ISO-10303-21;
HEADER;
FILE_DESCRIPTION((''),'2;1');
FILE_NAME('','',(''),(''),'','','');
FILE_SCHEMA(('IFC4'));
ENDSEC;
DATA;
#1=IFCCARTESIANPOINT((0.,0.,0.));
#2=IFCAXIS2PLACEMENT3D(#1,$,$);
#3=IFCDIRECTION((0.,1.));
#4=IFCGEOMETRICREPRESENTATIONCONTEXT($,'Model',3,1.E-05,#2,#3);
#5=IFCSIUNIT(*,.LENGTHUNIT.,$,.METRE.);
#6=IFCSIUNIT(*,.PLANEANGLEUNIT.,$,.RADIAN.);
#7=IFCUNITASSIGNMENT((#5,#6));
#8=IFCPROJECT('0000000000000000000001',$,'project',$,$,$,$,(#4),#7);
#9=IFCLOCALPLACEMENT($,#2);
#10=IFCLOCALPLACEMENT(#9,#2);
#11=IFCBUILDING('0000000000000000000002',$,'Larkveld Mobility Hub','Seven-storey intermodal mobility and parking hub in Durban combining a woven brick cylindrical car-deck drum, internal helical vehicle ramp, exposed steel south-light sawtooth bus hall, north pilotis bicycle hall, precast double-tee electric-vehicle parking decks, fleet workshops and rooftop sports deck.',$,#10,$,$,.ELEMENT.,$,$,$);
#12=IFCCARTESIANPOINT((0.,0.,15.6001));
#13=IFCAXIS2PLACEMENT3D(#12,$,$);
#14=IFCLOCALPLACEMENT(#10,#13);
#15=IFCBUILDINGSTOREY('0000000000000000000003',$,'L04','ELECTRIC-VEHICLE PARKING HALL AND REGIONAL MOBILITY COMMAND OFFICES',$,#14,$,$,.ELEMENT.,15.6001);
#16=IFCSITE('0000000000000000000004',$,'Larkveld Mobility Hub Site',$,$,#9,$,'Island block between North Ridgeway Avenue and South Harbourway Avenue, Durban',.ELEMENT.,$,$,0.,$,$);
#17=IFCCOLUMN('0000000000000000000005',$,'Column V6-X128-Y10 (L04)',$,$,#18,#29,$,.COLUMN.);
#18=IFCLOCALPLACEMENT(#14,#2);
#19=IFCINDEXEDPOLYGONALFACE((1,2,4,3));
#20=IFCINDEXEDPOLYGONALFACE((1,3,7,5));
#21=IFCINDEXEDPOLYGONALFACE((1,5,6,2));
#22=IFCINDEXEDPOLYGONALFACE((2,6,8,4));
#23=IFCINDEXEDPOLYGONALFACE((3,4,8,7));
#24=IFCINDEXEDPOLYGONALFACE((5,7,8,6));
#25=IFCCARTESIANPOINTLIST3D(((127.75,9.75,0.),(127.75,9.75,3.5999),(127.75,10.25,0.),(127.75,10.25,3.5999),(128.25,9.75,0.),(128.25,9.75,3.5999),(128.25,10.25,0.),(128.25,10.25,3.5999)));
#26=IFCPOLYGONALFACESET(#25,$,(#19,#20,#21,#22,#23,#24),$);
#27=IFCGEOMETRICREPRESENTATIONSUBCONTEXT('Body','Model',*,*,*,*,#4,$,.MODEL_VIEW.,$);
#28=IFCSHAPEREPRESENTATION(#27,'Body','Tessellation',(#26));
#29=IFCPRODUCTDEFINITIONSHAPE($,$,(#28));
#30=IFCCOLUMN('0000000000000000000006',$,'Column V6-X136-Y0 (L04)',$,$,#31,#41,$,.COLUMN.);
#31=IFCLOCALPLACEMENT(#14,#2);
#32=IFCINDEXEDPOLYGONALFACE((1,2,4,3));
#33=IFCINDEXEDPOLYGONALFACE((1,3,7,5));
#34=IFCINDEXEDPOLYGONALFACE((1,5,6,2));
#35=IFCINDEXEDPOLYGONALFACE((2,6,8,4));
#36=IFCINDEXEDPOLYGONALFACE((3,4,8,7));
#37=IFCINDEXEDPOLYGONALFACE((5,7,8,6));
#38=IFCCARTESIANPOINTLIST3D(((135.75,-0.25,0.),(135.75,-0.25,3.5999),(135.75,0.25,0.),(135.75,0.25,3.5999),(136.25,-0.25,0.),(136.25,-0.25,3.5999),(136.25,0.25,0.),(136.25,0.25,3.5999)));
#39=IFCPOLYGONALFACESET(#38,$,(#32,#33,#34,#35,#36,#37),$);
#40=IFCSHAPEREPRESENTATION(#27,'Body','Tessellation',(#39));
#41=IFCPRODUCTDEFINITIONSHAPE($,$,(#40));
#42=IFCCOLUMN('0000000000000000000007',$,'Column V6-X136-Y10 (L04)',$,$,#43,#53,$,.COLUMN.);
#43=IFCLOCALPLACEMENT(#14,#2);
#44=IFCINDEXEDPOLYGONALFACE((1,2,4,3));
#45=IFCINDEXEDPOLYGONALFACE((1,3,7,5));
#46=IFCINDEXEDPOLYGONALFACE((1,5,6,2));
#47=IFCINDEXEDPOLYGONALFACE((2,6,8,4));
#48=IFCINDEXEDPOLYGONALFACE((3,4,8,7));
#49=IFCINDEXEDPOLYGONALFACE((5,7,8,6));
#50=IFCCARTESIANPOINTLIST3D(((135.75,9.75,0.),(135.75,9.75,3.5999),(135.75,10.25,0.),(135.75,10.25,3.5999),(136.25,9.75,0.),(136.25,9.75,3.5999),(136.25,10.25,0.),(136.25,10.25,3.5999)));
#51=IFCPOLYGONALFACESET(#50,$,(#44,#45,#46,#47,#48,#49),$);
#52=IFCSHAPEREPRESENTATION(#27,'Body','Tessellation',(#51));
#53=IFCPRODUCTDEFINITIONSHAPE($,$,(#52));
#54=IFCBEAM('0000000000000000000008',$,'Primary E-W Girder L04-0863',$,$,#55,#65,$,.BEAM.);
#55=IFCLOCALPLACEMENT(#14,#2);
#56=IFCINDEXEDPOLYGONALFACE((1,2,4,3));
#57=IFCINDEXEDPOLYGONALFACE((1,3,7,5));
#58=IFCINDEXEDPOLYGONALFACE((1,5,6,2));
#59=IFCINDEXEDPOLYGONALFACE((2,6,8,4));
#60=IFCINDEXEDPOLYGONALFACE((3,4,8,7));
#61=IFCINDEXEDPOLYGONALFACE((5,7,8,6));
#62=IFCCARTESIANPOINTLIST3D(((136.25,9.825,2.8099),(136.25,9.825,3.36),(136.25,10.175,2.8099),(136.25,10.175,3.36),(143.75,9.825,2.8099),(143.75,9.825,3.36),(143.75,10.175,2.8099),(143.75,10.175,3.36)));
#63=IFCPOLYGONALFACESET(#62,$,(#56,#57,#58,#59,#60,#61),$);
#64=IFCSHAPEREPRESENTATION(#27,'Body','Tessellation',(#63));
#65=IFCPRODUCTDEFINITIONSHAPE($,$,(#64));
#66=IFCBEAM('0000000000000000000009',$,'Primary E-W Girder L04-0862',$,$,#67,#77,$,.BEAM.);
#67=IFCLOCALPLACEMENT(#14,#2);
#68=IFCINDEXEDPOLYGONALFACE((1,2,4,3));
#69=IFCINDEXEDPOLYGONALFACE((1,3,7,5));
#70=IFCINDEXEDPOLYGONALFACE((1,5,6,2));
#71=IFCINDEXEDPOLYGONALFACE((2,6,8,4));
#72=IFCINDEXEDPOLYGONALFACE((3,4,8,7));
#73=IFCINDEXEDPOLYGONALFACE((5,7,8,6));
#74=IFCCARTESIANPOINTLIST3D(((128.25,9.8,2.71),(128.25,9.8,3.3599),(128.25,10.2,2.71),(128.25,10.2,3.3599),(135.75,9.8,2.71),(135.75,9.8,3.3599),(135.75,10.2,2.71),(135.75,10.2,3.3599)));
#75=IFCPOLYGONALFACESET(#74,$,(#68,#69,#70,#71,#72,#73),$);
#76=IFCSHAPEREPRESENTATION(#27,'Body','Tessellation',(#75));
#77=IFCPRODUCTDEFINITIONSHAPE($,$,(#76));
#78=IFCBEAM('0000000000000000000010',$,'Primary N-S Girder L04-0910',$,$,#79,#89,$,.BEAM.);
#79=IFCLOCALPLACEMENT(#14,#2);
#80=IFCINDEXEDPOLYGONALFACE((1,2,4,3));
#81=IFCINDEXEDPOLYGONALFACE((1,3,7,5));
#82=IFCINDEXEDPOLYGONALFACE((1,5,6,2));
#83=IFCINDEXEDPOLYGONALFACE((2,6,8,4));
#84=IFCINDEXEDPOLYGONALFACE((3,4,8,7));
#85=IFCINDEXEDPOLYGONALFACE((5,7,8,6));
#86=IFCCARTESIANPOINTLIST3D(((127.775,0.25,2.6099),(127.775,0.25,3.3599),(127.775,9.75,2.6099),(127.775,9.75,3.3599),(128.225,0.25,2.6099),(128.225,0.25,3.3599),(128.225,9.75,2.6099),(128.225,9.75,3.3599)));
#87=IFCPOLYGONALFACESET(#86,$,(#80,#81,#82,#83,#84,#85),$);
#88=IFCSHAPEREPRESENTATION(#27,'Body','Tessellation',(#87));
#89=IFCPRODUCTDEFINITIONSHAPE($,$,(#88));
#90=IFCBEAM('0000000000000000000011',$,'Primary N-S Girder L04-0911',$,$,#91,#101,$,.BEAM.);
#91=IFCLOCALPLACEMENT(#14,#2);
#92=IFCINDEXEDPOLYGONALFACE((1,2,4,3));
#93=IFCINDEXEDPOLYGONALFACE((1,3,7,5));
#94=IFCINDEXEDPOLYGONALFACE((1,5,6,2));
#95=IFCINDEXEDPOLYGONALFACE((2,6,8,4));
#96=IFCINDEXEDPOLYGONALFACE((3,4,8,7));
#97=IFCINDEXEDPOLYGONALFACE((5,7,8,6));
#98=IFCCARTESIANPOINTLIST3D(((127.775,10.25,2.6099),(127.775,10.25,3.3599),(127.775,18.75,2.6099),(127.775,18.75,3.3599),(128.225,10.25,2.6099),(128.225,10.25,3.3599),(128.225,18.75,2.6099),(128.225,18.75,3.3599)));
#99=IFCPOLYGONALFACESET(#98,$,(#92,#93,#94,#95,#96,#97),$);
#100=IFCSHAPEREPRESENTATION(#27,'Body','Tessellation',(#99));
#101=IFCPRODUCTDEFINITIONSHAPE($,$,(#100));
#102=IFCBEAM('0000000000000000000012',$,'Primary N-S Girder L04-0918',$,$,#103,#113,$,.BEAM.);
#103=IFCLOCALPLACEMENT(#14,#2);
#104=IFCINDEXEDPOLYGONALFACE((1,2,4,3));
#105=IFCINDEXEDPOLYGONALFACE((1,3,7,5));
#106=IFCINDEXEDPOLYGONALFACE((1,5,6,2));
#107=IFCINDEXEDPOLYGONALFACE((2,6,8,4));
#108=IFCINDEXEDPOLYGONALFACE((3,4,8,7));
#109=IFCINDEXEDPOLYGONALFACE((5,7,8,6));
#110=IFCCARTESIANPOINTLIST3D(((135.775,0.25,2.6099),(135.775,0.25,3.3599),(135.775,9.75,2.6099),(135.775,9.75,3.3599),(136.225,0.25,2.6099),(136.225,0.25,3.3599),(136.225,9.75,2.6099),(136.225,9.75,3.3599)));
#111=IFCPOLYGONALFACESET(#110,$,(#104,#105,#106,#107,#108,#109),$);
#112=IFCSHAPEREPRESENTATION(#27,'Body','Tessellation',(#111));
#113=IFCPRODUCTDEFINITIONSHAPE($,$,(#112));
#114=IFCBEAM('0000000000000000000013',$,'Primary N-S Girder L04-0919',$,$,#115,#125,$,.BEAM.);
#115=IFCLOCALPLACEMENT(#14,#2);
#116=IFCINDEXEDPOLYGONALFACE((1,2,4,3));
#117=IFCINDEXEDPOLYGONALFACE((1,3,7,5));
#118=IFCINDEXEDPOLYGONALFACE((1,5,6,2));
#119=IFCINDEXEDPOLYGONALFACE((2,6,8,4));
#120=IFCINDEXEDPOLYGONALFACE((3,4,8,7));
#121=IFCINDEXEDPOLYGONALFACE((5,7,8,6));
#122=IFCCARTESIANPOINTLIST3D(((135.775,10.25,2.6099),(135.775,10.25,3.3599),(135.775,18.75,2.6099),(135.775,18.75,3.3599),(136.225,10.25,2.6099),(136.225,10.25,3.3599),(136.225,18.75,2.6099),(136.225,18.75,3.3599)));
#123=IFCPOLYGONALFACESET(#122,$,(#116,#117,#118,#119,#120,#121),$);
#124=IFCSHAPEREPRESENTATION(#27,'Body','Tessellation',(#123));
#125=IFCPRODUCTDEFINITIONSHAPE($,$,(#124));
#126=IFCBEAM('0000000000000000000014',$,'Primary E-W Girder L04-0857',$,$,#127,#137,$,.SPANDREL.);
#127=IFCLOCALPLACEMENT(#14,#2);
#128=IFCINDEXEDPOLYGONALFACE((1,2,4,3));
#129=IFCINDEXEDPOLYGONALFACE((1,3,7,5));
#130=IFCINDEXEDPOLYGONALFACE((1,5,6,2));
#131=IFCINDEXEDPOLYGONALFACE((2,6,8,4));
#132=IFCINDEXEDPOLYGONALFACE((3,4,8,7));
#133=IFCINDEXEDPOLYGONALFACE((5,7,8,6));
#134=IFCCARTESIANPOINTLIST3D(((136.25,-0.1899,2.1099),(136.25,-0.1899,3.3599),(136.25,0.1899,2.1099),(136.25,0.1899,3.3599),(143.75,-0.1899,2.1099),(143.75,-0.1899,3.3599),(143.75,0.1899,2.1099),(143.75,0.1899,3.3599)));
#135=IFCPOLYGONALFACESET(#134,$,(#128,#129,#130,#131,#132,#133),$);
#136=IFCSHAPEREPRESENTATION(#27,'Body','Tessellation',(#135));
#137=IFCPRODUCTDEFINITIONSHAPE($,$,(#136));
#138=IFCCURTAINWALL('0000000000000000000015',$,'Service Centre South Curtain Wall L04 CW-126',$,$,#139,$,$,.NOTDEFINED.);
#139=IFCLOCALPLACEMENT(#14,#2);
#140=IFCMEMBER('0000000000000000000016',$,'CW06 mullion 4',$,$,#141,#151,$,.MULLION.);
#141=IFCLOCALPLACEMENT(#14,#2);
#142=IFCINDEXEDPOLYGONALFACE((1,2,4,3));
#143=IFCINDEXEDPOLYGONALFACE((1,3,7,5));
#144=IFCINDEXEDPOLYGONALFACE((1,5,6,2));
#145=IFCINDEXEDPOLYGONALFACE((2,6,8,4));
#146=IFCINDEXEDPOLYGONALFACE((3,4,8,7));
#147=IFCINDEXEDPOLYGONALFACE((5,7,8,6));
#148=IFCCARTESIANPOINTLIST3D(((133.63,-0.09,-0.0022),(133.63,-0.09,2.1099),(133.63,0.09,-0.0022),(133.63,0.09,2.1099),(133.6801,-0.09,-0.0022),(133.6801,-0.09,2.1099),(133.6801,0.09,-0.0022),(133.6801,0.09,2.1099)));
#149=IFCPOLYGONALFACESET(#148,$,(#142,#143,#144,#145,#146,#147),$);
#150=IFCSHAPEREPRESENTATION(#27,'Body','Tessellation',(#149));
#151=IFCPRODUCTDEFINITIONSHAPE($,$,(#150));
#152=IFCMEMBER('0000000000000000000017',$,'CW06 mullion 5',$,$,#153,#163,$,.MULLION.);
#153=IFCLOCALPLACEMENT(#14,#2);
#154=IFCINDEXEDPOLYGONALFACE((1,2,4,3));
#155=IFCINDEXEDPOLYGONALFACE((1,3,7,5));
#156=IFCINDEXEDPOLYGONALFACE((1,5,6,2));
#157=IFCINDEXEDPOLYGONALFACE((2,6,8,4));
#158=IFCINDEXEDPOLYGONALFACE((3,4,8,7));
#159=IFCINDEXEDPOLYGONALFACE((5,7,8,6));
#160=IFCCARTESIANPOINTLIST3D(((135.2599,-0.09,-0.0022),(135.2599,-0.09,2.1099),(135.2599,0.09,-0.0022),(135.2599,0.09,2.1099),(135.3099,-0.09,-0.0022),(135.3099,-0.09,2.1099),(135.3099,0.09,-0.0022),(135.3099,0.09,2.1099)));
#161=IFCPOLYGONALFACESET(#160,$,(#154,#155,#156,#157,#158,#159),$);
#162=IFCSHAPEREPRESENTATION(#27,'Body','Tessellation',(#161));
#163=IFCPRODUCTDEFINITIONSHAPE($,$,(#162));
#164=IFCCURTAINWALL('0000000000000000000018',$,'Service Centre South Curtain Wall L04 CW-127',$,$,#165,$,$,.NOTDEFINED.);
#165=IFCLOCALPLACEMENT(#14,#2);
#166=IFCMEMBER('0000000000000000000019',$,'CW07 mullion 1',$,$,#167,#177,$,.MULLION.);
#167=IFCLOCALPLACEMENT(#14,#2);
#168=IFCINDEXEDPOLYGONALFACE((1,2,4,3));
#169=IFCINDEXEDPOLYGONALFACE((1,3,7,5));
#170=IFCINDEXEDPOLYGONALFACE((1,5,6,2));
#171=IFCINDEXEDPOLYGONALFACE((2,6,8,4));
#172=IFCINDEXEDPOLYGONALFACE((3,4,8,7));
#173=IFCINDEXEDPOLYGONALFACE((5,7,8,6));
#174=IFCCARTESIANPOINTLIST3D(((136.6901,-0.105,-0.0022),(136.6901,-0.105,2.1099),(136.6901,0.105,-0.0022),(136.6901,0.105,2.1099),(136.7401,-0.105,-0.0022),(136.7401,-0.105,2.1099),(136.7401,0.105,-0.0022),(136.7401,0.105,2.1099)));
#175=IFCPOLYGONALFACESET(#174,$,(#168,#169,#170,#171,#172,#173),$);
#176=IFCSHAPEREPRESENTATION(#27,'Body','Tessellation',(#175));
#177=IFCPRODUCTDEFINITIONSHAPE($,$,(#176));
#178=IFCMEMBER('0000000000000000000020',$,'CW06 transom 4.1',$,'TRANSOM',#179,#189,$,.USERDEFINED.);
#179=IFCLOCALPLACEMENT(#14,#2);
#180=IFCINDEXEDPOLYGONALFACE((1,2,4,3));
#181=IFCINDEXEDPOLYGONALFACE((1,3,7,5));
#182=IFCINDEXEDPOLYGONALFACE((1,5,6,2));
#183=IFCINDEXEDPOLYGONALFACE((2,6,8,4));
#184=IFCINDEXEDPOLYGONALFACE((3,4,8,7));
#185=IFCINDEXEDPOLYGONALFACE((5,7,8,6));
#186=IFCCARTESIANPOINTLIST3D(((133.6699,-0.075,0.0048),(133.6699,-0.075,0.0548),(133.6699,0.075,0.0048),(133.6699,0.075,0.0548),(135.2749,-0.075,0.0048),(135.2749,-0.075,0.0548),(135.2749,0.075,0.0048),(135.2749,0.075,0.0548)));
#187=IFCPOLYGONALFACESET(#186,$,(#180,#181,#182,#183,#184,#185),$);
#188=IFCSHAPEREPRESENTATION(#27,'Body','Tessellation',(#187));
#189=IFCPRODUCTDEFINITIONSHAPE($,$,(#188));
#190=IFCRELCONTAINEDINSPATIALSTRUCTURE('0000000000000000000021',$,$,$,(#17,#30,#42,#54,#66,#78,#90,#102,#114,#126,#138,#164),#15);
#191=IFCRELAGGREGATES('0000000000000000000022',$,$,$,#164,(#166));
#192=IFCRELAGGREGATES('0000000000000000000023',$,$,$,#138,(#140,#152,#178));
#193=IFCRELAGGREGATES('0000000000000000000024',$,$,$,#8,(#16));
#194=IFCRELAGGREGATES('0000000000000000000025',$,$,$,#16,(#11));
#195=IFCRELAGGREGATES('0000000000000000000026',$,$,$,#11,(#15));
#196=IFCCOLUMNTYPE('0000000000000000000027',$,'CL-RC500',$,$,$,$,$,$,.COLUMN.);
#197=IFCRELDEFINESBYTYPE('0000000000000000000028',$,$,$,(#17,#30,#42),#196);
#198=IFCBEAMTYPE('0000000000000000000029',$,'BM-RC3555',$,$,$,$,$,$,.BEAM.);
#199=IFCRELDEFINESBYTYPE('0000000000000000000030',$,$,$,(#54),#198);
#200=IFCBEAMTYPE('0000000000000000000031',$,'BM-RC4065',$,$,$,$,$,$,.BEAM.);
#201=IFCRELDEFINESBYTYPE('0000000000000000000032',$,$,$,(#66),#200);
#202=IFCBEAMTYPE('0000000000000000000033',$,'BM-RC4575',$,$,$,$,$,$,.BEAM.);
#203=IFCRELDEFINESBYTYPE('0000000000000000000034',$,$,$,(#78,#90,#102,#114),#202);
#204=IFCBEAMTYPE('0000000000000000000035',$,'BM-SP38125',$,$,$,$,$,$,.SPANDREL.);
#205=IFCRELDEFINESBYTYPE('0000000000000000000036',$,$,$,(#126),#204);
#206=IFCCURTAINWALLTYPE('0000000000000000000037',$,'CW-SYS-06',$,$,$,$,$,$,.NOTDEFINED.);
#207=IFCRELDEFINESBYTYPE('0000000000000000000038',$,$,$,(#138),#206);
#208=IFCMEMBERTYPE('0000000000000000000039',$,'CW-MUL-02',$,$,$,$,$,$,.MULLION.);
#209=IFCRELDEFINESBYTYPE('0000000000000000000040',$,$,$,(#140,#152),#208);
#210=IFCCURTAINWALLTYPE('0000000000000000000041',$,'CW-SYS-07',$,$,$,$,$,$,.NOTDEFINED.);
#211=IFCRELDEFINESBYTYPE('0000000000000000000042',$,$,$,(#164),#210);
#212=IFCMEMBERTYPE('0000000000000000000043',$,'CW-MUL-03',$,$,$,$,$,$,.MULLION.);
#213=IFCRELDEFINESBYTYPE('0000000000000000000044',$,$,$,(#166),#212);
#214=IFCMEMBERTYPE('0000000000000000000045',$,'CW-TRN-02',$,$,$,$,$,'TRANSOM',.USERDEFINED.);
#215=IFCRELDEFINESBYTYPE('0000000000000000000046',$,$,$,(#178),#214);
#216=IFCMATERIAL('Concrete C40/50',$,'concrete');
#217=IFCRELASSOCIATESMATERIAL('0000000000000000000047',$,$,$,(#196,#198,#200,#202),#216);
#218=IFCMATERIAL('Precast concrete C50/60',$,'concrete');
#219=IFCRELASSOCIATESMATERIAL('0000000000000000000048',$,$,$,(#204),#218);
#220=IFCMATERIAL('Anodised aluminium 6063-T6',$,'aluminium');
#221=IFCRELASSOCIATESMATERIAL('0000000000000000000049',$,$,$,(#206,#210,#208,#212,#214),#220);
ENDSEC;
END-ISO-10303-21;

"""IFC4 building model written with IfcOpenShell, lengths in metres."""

from ifc_helpers import new_model, si_unit, direction, frame, origin, origin_2d, place, context, subcontext, project, spatial, rectangle, extrude, material, material_profile, profile_set, type_object, element, aggregate, save


model = new_model("IFC4")

# Units and contexts
model_context = context("Model", 3, precision=1e-05, world=origin(), true_north=direction((0.0, 1.0)))
body_context = subcontext(model_context, "Body", "Model", "MODEL_VIEW")
ifc_project = project(units=[si_unit("LENGTHUNIT", "METRE"), si_unit("PLANEANGLEUNIT", "RADIAN")], contexts=[model_context])

# Site, building, storey
site_placement = place(None, origin())
site = spatial("IfcSite", under=ifc_project, at=site_placement, Name="Larkveld Mobility Hub Site", LongName="Island block between North Ridgeway Avenue and South Harbourway Avenue, Durban", CompositionType="ELEMENT", RefElevation=0.0)
building_placement = place(site_placement, origin())
building = spatial("IfcBuilding", under=site, at=building_placement, Name="Larkveld Mobility Hub", Description="Seven-storey intermodal mobility and parking hub in Durban combining a woven brick cylindrical car-deck drum, internal helical vehicle ramp, exposed steel south-light sawtooth bus hall, north pilotis bicycle hall, precast double-tee electric-vehicle parking decks, fleet workshops and rooftop sports deck.", CompositionType="ELEMENT")
storey_placement = place(building_placement, frame((0.0, 0.0, 15.6001)))
storey = spatial("IfcBuildingStorey", under=building, at=storey_placement, Name="L04", Description="ELECTRIC-VEHICLE PARKING HALL AND REGIONAL MOBILITY COMMAND OFFICES", CompositionType="ELEMENT", Elevation=15.6001)

# Columns
ifc_material_1 = material(Name="Concrete C40/50", Category="concrete")
ifc_material_profile_1 = material_profile(ifc_material_1, rectangle(XDim=0.5, YDim=0.5, at=origin_2d()), Name="RC COL 500x500")
ifc_profile_set_1 = profile_set([ifc_material_profile_1], Name="Concrete C40/50")
column_type = type_object("IfcColumnType", Name="CL-RC500", PredefinedType="COLUMN", material=ifc_profile_set_1)
for number, where, z_axis, x_axis, name in (
    (1, (128.0, 10.0, 0.0), (0.0, 0.0, 1.0), (1.0, 0.0, 0.0), "Column V6-X128-Y10 (L04)"),
    (2, (136.0, 0.0, 0.0), (0.0, 0.0, 1.0), (1.0, 0.0, 0.0), "Column V6-X136-Y0 (L04)"),
    (3, (136.0, 10.0, 0.0), (0.0, 0.0, 1.0), (1.0, 0.0, 0.0), "Column V6-X136-Y10 (L04)"),
):
    element("IfcColumn", number, at=place(storey_placement, frame(where, z_axis=z_axis, x_axis=x_axis)), inside=storey, type_object=column_type, Name=name, PredefinedType="COLUMN", context=body_context, shape_type="SweptSolid", body=[
        extrude(rectangle(XDim=0.5, YDim=0.5, at=origin_2d()), origin(), (0.0, 0.0, 1.0), 3.5999),
    ])

# Beams
ifc_material_profile_2 = material_profile(ifc_material_1, rectangle(XDim=0.3501, YDim=0.55, at=origin_2d()), Name="RC BM 350x550")
ifc_profile_set_2 = profile_set([ifc_material_profile_2], Name="Concrete C40/50")
beam_type_1 = type_object("IfcBeamType", Name="BM-RC3555", PredefinedType="BEAM", material=ifc_profile_set_2)
beam_1_placement = place(storey_placement, frame((136.25, 10.0, 3.085), z_axis=(1.0, 0.0, 0.0), x_axis=(0.0, 1.0, 0.0)))
element("IfcBeam", 4, at=beam_1_placement, inside=storey, type_object=beam_type_1, Name="Primary E-W Girder L04-0863", PredefinedType="BEAM", context=body_context, shape_type="SweptSolid", body=[
    extrude(rectangle(XDim=0.3501, YDim=0.55, at=origin_2d()), origin(), (0.0, 0.0, 1.0), 7.5),
])
ifc_material_profile_3 = material_profile(ifc_material_1, rectangle(XDim=0.3999, YDim=0.6499, at=origin_2d()), Name="RC BM 400x650")
ifc_profile_set_3 = profile_set([ifc_material_profile_3], Name="Concrete C40/50")
beam_type_2 = type_object("IfcBeamType", Name="BM-RC4065", PredefinedType="BEAM", material=ifc_profile_set_3)
beam_2_placement = place(storey_placement, frame((128.25, 10.0, 3.0349), z_axis=(1.0, 0.0, 0.0), x_axis=(0.0, 1.0, 0.0)))
element("IfcBeam", 5, at=beam_2_placement, inside=storey, type_object=beam_type_2, Name="Primary E-W Girder L04-0862", PredefinedType="BEAM", context=body_context, shape_type="SweptSolid", body=[
    extrude(rectangle(XDim=0.3999, YDim=0.6499, at=origin_2d()), origin(), (0.0, 0.0, 1.0), 7.5),
])
ifc_material_profile_4 = material_profile(ifc_material_1, rectangle(XDim=0.45, YDim=0.75, at=origin_2d()), Name="RC BM 450x750")
ifc_profile_set_4 = profile_set([ifc_material_profile_4], Name="Concrete C40/50")
beam_type_3 = type_object("IfcBeamType", Name="BM-RC4575", PredefinedType="BEAM", material=ifc_profile_set_4)
beam_3_placement = place(storey_placement, frame((128.0, 0.25, 2.9849), z_axis=(0.0, 1.0, 0.0), x_axis=(-1.0, 0.0, 0.0)))
element("IfcBeam", 6, at=beam_3_placement, inside=storey, type_object=beam_type_3, Name="Primary N-S Girder L04-0910", PredefinedType="BEAM", context=body_context, shape_type="SweptSolid", body=[
    extrude(rectangle(XDim=0.45, YDim=0.75, at=origin_2d()), origin(), (0.0, 0.0, 1.0), 9.5),
])
beam_4_placement = place(storey_placement, frame((128.0, 10.25, 2.9849), z_axis=(0.0, 1.0, 0.0), x_axis=(-1.0, 0.0, 0.0)))
element("IfcBeam", 7, at=beam_4_placement, inside=storey, type_object=beam_type_3, Name="Primary N-S Girder L04-0911", PredefinedType="BEAM", context=body_context, shape_type="SweptSolid", body=[
    extrude(rectangle(XDim=0.45, YDim=0.75, at=origin_2d()), origin(), (0.0, 0.0, 1.0), 8.5),
])
beam_5_placement = place(storey_placement, frame((136.0, 0.25, 2.9849), z_axis=(0.0, 1.0, 0.0), x_axis=(-1.0, 0.0, 0.0)))
element("IfcBeam", 8, at=beam_5_placement, inside=storey, type_object=beam_type_3, Name="Primary N-S Girder L04-0918", PredefinedType="BEAM", context=body_context, shape_type="SweptSolid", body=[
    extrude(rectangle(XDim=0.45, YDim=0.75, at=origin_2d()), origin(), (0.0, 0.0, 1.0), 9.5),
])
beam_6_placement = place(storey_placement, frame((136.0, 10.25, 2.9849), z_axis=(0.0, 1.0, 0.0), x_axis=(-1.0, 0.0, 0.0)))
element("IfcBeam", 9, at=beam_6_placement, inside=storey, type_object=beam_type_3, Name="Primary N-S Girder L04-0919", PredefinedType="BEAM", context=body_context, shape_type="SweptSolid", body=[
    extrude(rectangle(XDim=0.45, YDim=0.75, at=origin_2d()), origin(), (0.0, 0.0, 1.0), 8.5),
])
ifc_material_2 = material(Name="Precast concrete C50/60", Category="concrete")
ifc_material_profile_5 = material_profile(ifc_material_2, rectangle(XDim=0.3799, YDim=1.25, at=origin_2d()), Name="PC SP 380x1250")
ifc_profile_set_5 = profile_set([ifc_material_profile_5], Name="Precast concrete C50/60")
beam_type_4 = type_object("IfcBeamType", Name="BM-SP38125", PredefinedType="SPANDREL", material=ifc_profile_set_5)
beam_7_placement = place(storey_placement, frame((136.25, 0.0, 2.7349), z_axis=(1.0, 0.0, 0.0), x_axis=(0.0, 1.0, 0.0)))
element("IfcBeam", 10, at=beam_7_placement, inside=storey, type_object=beam_type_4, Name="Primary E-W Girder L04-0857", PredefinedType="SPANDREL", context=body_context, shape_type="SweptSolid", body=[
    extrude(rectangle(XDim=0.3799, YDim=1.25, at=origin_2d()), origin(), (0.0, 0.0, 1.0), 7.5),
])

# Curtain wall, members
ifc_material_3 = material(Name="Anodised aluminium 6063-T6", Category="aluminium")
curtain_wall_type_1 = type_object("IfcCurtainWallType", Name="CW-SYS-06", PredefinedType="NOTDEFINED", material=ifc_material_3)
curtain_wall_1_placement = place(storey_placement, origin())
curtain_wall_1 = element("IfcCurtainWall", 11, at=curtain_wall_1_placement, inside=storey, type_object=curtain_wall_type_1, Name="Service Centre South Curtain Wall L04 CW-126", PredefinedType="NOTDEFINED")
ifc_material_profile_6 = material_profile(ifc_material_3, rectangle(XDim=0.05, YDim=0.1799, at=origin_2d()), Name="ALU MULL 50x180")
ifc_profile_set_6 = profile_set([ifc_material_profile_6], Name="Anodised aluminium 6063-T6")
member_type_1 = type_object("IfcMemberType", Name="CW-MUL-02", PredefinedType="MULLION", material=ifc_profile_set_6)
member_1_placement = place(storey_placement, frame((133.655, 0.0, -0.0022), z_axis=(0.0, 0.0, 1.0), x_axis=(1.0, 0.0, 0.0)))
member_1 = element("IfcMember", 12, at=member_1_placement, type_object=member_type_1, Name="CW06 mullion 4", PredefinedType="MULLION", context=body_context, shape_type="SweptSolid", body=[
    extrude(rectangle(XDim=0.05, YDim=0.1799, at=origin_2d()), origin(), (0.0, 0.0, 1.0), 2.1121),
])
member_2_placement = place(storey_placement, frame((135.2849, 0.0, -0.0022), z_axis=(0.0, 0.0, 1.0), x_axis=(1.0, 0.0, 0.0)))
member_2 = element("IfcMember", 13, at=member_2_placement, type_object=member_type_1, Name="CW06 mullion 5", PredefinedType="MULLION", context=body_context, shape_type="SweptSolid", body=[
    extrude(rectangle(XDim=0.05, YDim=0.1799, at=origin_2d()), origin(), (0.0, 0.0, 1.0), 2.1121),
])

# Curtain wall, member
curtain_wall_type_2 = type_object("IfcCurtainWallType", Name="CW-SYS-07", PredefinedType="NOTDEFINED", material=ifc_material_3)
curtain_wall_2_placement = place(storey_placement, origin())
curtain_wall_2 = element("IfcCurtainWall", 14, at=curtain_wall_2_placement, inside=storey, type_object=curtain_wall_type_2, Name="Service Centre South Curtain Wall L04 CW-127", PredefinedType="NOTDEFINED")
ifc_material_profile_7 = material_profile(ifc_material_3, rectangle(XDim=0.05, YDim=0.21, at=origin_2d()), Name="ALU MULL 50x210")
ifc_profile_set_7 = profile_set([ifc_material_profile_7], Name="Anodised aluminium 6063-T6")
member_type_2 = type_object("IfcMemberType", Name="CW-MUL-03", PredefinedType="MULLION", material=ifc_profile_set_7)
member_3_placement = place(storey_placement, frame((136.7151, 0.0, -0.0022), z_axis=(0.0, 0.0, 1.0), x_axis=(1.0, 0.0, 0.0)))
member_3 = element("IfcMember", 15, at=member_3_placement, type_object=member_type_2, Name="CW07 mullion 1", PredefinedType="MULLION", context=body_context, shape_type="SweptSolid", body=[
    extrude(rectangle(XDim=0.05, YDim=0.21, at=origin_2d()), origin(), (0.0, 0.0, 1.0), 2.1121),
])

# Member
ifc_material_profile_8 = material_profile(ifc_material_3, rectangle(XDim=0.1499, YDim=0.05, at=origin_2d()), Name="ALU TRAN 50x150")
ifc_profile_set_8 = profile_set([ifc_material_profile_8], Name="Anodised aluminium 6063-T6")
member_type_3 = type_object("IfcMemberType", Name="CW-TRN-02", ElementType="TRANSOM", PredefinedType="USERDEFINED", material=ifc_profile_set_8)
member_4_placement = place(storey_placement, frame((133.6699, 0.0, 0.0298), z_axis=(1.0, 0.0, 0.0), x_axis=(0.0, 1.0, 0.0)))
member_4 = element("IfcMember", 16, at=member_4_placement, type_object=member_type_3, Name="CW06 transom 4.1", ObjectType="TRANSOM", PredefinedType="USERDEFINED", context=body_context, shape_type="SweptSolid", body=[
    extrude(rectangle(XDim=0.1499, YDim=0.05, at=origin_2d()), origin(), (0.0, 0.0, 1.0), 1.605),
])
aggregate(curtain_wall_2, [member_3])

aggregate(curtain_wall_1, [member_1, member_2, member_4])

save(model, "model.ifc")
